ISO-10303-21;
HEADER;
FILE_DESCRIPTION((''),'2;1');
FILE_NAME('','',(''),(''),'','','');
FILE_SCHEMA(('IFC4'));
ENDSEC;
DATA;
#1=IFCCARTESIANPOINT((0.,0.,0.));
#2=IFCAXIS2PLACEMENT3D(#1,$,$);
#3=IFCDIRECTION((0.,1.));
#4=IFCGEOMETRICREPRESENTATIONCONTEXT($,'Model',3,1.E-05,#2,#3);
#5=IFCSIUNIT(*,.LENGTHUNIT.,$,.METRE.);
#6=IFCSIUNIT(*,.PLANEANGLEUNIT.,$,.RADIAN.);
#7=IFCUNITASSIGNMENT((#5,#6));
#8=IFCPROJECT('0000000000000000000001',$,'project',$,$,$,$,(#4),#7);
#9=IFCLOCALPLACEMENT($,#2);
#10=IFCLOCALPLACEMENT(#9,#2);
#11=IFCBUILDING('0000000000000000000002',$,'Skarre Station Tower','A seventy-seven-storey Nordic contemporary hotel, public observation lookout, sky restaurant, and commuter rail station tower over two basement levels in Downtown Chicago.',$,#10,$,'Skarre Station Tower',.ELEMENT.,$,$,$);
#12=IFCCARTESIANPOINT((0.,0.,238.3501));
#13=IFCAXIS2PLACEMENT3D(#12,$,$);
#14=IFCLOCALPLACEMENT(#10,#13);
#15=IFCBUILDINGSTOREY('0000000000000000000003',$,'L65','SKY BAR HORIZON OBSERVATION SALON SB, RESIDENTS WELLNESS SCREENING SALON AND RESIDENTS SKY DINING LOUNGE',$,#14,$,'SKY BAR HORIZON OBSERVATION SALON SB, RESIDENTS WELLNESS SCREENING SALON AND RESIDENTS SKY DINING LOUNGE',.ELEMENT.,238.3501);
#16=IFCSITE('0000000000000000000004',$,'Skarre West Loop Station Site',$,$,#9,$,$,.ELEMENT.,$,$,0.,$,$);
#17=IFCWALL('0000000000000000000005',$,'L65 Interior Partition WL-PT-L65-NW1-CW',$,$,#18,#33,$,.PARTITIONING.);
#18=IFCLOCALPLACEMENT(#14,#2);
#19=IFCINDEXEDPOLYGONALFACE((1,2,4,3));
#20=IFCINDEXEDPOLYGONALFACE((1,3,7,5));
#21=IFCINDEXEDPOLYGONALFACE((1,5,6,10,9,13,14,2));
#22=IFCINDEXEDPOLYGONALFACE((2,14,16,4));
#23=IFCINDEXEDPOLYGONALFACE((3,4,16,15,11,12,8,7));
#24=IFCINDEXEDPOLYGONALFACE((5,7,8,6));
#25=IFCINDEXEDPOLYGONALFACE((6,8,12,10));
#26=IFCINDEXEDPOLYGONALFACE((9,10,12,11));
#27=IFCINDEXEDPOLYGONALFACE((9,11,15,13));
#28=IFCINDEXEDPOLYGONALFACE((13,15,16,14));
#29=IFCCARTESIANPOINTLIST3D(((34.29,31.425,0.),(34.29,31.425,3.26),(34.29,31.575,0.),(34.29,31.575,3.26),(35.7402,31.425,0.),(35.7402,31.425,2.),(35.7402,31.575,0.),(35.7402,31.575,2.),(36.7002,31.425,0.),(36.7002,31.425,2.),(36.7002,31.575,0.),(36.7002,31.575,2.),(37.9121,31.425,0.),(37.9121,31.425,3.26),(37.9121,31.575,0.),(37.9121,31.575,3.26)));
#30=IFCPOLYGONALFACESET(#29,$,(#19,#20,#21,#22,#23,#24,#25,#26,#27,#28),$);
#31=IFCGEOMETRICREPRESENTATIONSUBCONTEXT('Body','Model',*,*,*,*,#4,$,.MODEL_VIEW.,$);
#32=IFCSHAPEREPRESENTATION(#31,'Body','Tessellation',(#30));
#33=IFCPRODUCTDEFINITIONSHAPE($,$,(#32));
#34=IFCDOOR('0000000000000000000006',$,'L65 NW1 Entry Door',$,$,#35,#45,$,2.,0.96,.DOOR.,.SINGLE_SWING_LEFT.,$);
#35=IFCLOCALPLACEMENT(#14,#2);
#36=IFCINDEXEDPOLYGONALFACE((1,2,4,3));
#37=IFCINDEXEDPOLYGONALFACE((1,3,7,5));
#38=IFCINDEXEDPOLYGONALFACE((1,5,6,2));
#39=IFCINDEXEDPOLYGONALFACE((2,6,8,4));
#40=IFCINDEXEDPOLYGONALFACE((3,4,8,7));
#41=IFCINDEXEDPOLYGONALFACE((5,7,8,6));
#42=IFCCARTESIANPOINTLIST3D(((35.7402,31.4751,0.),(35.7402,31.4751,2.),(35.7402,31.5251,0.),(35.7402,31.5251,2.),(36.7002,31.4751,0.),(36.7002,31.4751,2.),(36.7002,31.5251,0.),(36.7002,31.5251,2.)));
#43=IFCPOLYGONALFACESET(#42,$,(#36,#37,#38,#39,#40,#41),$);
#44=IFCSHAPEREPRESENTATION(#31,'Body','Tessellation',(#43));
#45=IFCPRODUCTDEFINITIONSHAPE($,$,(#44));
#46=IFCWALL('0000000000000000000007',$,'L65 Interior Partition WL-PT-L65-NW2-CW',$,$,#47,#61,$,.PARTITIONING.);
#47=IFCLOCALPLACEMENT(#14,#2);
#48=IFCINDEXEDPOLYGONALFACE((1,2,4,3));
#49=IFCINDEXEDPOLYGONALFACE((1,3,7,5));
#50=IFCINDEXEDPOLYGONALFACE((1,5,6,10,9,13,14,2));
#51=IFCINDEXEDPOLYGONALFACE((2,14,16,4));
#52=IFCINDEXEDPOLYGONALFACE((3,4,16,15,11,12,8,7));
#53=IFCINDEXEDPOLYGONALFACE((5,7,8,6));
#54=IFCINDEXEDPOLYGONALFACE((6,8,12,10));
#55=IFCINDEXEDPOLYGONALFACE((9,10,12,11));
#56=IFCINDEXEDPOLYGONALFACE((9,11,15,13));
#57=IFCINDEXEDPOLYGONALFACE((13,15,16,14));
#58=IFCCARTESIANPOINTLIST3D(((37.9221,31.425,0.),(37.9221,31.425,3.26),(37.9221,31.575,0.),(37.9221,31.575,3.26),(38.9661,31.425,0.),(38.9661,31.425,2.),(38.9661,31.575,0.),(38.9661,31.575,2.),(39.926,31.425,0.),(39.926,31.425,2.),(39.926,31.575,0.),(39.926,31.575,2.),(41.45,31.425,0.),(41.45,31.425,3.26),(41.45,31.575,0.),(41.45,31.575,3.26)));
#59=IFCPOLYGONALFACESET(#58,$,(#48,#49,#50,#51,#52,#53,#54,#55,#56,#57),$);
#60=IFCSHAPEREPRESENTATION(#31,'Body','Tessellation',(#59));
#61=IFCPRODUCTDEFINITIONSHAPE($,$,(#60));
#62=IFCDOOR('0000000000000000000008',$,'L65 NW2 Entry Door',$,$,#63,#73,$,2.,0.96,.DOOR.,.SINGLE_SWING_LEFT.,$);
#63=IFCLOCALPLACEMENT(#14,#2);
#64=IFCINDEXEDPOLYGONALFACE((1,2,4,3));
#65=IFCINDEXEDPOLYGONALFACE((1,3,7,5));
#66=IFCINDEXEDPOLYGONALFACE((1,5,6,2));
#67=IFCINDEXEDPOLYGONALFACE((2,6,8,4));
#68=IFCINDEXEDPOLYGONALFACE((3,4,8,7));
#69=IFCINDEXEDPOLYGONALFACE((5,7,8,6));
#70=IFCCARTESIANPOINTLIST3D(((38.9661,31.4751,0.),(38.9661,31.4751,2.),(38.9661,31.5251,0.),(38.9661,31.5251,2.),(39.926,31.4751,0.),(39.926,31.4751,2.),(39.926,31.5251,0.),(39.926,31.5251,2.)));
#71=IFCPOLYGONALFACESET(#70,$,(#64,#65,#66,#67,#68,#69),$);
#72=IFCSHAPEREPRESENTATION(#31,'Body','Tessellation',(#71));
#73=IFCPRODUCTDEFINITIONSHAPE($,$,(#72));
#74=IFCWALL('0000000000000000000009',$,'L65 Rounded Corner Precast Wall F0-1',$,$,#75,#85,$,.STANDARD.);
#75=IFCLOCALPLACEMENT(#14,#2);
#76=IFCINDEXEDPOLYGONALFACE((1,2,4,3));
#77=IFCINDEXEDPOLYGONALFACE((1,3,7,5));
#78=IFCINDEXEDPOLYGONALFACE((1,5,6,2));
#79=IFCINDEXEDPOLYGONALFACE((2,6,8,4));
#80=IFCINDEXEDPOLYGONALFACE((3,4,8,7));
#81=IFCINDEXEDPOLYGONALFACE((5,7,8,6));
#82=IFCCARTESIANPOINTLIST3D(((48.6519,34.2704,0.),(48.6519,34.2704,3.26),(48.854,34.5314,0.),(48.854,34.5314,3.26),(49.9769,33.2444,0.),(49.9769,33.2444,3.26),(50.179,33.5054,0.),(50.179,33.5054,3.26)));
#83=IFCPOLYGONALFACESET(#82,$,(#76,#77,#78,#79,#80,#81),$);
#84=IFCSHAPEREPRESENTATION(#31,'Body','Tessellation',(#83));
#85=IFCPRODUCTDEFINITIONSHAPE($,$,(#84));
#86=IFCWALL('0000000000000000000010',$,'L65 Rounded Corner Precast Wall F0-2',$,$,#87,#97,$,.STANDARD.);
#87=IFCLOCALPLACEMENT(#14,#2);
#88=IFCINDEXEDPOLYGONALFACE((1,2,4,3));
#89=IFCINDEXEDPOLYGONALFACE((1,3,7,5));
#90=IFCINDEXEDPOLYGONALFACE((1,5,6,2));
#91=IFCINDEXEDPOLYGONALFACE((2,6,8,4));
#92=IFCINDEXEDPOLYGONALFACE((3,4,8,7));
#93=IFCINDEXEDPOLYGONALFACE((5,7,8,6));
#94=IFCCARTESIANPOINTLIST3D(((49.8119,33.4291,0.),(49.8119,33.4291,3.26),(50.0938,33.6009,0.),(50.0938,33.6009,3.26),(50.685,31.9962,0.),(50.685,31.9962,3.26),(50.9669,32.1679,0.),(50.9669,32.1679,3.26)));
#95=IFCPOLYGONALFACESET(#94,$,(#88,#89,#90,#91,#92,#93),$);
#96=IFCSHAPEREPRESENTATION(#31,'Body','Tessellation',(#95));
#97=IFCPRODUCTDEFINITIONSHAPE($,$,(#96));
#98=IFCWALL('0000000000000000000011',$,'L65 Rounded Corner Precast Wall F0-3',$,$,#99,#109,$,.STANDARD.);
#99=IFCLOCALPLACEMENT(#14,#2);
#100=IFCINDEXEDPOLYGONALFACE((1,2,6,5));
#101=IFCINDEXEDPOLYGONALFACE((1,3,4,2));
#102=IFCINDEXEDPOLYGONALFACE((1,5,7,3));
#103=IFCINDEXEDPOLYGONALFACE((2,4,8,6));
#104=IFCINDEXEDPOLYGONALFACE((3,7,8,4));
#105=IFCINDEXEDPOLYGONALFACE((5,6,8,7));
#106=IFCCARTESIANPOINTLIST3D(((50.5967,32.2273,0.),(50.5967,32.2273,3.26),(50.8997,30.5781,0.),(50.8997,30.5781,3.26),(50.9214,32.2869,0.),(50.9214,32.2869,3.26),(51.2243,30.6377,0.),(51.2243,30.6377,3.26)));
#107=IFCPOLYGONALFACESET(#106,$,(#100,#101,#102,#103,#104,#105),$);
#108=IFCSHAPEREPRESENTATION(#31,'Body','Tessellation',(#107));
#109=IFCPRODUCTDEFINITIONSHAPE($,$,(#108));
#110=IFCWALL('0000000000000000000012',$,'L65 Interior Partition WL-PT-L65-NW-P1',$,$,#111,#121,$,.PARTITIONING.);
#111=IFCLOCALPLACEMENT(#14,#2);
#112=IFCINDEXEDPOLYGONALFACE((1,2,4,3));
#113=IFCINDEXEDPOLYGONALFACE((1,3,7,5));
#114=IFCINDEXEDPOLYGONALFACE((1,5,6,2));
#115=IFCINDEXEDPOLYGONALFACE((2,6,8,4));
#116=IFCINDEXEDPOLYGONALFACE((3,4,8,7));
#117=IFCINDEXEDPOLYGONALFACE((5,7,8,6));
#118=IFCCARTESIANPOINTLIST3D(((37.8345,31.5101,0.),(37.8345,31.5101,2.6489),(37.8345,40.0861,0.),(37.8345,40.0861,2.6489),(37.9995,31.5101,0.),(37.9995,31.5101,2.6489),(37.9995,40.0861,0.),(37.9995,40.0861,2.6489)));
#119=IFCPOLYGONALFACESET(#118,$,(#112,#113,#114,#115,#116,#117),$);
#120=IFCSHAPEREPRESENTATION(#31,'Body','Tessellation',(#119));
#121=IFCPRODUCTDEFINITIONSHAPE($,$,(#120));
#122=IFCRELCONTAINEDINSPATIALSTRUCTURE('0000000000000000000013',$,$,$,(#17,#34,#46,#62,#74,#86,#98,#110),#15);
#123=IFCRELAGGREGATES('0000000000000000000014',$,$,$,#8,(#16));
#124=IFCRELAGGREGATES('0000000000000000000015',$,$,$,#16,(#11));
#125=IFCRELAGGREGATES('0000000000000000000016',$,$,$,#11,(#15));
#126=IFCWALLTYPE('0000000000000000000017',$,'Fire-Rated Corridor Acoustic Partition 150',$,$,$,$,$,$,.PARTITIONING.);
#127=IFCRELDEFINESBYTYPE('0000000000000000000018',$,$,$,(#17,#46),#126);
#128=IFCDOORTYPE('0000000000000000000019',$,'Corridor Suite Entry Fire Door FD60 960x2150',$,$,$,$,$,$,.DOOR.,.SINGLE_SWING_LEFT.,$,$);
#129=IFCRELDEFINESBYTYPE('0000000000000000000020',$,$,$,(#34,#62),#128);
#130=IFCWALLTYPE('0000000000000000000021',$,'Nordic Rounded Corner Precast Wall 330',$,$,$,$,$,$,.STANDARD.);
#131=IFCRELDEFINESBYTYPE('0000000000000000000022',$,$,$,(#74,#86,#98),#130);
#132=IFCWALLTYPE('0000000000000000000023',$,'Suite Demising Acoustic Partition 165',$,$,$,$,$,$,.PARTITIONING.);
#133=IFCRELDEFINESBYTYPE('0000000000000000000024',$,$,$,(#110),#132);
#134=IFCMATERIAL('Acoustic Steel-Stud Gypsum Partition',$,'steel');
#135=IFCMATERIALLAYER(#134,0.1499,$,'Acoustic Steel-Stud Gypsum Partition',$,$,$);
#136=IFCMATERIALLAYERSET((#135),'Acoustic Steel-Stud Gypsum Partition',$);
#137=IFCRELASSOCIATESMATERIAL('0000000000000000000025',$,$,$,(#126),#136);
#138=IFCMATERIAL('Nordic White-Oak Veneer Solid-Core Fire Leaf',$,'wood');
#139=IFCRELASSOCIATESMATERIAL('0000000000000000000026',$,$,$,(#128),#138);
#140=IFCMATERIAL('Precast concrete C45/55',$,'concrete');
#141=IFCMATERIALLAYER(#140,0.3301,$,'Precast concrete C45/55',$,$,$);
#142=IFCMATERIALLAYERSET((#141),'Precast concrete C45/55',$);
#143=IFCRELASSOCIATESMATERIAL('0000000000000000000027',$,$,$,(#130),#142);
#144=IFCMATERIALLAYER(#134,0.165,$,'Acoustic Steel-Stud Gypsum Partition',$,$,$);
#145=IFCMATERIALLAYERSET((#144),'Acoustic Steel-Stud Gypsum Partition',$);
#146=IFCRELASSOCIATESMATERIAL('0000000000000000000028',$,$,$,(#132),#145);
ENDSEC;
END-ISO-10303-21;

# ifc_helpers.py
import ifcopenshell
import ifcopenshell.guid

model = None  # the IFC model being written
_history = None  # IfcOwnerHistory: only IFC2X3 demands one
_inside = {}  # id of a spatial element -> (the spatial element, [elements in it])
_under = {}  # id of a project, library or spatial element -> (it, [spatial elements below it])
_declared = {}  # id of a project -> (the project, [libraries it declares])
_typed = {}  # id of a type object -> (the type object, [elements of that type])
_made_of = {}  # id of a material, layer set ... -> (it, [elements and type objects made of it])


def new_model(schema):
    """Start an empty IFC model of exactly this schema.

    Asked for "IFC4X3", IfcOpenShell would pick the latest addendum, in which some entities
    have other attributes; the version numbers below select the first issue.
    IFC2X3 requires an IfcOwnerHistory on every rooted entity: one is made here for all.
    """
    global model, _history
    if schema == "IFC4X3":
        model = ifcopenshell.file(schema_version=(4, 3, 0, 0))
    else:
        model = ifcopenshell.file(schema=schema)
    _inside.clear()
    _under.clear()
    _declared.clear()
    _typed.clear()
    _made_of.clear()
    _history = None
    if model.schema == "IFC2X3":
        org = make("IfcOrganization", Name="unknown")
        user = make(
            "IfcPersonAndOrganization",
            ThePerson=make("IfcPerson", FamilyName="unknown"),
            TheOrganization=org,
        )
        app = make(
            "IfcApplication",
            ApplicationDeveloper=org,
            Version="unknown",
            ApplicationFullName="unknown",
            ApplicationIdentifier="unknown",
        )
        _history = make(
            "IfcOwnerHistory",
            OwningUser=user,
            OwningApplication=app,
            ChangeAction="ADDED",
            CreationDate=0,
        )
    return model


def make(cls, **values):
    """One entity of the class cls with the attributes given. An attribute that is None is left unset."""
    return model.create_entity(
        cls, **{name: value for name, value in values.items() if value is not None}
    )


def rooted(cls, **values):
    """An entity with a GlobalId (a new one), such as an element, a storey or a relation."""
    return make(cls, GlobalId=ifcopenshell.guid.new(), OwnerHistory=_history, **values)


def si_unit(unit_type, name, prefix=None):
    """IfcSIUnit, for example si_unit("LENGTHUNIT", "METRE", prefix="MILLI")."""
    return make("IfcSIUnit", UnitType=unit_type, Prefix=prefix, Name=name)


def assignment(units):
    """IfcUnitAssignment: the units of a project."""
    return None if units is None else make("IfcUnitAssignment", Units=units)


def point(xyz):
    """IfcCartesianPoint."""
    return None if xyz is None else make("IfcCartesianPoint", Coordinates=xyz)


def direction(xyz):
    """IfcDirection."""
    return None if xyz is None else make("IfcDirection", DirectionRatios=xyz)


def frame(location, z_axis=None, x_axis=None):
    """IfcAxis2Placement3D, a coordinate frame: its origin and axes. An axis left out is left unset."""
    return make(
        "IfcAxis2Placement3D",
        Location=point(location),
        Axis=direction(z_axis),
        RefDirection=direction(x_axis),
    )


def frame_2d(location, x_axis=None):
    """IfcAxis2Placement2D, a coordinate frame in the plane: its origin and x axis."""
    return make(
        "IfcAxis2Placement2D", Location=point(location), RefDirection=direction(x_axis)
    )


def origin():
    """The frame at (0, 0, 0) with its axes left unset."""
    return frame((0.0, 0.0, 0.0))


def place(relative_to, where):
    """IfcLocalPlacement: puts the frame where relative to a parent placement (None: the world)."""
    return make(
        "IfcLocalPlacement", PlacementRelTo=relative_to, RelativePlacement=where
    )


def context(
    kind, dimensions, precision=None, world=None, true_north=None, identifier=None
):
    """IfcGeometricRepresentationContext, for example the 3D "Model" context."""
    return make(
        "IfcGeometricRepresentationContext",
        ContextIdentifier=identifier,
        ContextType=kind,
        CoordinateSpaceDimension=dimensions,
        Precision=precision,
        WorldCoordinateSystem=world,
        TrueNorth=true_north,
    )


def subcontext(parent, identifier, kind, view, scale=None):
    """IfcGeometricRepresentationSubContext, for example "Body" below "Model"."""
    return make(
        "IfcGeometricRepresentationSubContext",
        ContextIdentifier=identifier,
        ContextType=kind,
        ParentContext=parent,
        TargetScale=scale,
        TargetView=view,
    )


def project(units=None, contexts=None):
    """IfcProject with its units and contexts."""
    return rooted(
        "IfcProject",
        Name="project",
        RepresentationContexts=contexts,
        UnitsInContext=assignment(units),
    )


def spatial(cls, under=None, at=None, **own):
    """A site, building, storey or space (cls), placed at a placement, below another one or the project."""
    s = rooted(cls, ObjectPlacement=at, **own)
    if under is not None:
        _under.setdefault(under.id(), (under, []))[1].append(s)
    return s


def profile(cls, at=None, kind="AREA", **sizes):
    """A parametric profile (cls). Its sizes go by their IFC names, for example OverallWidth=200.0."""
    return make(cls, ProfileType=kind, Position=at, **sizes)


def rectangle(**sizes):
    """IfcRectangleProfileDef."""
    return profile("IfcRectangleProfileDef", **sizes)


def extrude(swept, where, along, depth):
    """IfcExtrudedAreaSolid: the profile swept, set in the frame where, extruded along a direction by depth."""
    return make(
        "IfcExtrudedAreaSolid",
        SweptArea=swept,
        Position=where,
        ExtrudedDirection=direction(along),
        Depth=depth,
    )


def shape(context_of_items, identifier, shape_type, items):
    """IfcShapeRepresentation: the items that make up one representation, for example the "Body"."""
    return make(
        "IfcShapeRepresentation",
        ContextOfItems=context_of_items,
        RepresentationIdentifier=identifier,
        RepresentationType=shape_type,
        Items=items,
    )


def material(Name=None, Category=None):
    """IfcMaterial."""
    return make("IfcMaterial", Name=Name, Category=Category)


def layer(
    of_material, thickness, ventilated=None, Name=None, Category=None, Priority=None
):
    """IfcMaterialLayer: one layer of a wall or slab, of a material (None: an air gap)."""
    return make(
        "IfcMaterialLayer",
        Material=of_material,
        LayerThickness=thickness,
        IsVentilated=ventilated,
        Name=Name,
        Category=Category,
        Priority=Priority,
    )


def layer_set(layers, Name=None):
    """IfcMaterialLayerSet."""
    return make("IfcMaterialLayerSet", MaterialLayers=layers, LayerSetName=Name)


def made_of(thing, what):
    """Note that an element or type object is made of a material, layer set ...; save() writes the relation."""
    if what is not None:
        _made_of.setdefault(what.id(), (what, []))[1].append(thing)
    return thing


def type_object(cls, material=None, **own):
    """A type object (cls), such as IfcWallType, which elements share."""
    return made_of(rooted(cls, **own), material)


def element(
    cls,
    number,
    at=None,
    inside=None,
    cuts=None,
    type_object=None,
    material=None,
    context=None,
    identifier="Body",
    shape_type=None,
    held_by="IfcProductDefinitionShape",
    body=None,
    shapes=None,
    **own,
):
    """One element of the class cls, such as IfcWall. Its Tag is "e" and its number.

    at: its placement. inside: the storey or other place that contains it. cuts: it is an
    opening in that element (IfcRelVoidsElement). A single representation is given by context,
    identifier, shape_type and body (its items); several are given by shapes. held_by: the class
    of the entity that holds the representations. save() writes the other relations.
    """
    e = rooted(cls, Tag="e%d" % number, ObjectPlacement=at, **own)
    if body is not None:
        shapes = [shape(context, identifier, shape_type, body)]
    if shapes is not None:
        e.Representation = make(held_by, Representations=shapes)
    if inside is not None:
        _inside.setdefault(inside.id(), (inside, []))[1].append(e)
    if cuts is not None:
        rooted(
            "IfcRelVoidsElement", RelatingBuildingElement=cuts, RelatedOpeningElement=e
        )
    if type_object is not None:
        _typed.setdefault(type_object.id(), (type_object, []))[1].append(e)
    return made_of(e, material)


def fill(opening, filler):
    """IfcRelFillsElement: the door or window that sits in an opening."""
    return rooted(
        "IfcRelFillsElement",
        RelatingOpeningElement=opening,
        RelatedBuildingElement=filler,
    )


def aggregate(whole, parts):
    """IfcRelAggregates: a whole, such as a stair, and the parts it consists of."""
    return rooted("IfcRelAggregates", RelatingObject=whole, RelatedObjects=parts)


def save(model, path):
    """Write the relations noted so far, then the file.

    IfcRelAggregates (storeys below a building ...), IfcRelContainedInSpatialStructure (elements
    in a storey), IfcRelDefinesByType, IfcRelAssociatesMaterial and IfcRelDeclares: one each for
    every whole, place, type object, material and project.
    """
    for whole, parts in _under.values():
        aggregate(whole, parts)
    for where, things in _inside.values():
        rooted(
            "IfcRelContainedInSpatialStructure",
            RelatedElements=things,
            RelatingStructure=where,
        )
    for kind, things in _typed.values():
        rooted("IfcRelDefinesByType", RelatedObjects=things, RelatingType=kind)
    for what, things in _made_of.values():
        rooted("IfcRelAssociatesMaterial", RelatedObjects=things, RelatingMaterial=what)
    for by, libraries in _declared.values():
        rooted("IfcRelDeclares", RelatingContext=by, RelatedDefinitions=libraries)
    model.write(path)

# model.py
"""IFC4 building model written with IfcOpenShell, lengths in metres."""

from ifc_helpers import new_model, si_unit, direction, frame, frame_2d, origin, place, context, subcontext, project, spatial, rectangle, extrude, material, layer, layer_set, type_object, element, fill, save


model = new_model("IFC4")

# Units and contexts
model_context = context("Model", 3, precision=1e-05, world=origin(), true_north=direction((0.0, 1.0)))
body_context = subcontext(model_context, "Body", "Model", "MODEL_VIEW")
ifc_project = project(units=[si_unit("LENGTHUNIT", "METRE"), si_unit("PLANEANGLEUNIT", "RADIAN")], contexts=[model_context])

# Site, building, storey
site_placement = place(None, origin())
site = spatial("IfcSite", under=ifc_project, at=site_placement, Name="Skarre West Loop Station Site", CompositionType="ELEMENT", RefElevation=0.0)
building_placement = place(site_placement, origin())
building = spatial("IfcBuilding", under=site, at=building_placement, Name="Skarre Station Tower", Description="A seventy-seven-storey Nordic contemporary hotel, public observation lookout, sky restaurant, and commuter rail station tower over two basement levels in Downtown Chicago.", LongName="Skarre Station Tower", CompositionType="ELEMENT")
storey_placement = place(building_placement, frame((0.0, 0.0, 238.3501)))
storey = spatial("IfcBuildingStorey", under=building, at=storey_placement, Name="L65", Description="SKY BAR HORIZON OBSERVATION SALON SB, RESIDENTS WELLNESS SCREENING SALON AND RESIDENTS SKY DINING LOUNGE", LongName="SKY BAR HORIZON OBSERVATION SALON SB, RESIDENTS WELLNESS SCREENING SALON AND RESIDENTS SKY DINING LOUNGE", CompositionType="ELEMENT", Elevation=238.3501)

# Walls, openings, doors
ifc_material_1 = material(Name="Acoustic Steel-Stud Gypsum Partition", Category="steel")
ifc_layer_1 = layer(ifc_material_1, 0.1499, Name="Acoustic Steel-Stud Gypsum Partition")
ifc_layer_set_1 = layer_set([ifc_layer_1], Name="Acoustic Steel-Stud Gypsum Partition")
wall_type_1 = type_object("IfcWallType", Name="Fire-Rated Corridor Acoustic Partition 150", PredefinedType="PARTITIONING", material=ifc_layer_set_1)
wall_1_placement = place(storey_placement, frame((37.9121, 31.5, 0.0), z_axis=(0.0, 0.0, 1.0), x_axis=(-1.0, 0.0, 0.0)))
wall_1 = element("IfcWall", 1, at=wall_1_placement, inside=storey, type_object=wall_type_1, Name="L65 Interior Partition WL-PT-L65-NW1-CW", PredefinedType="PARTITIONING", context=body_context, shape_type="SweptSolid", body=[
    extrude(rectangle(XDim=3.6221, YDim=0.1499, at=frame_2d((1.811, 0.0))), origin(), (0.0, 0.0, 1.0), 3.26),
])
opening_1_placement = place(wall_1_placement, frame((1.2119, 0.0, 0.0)))
opening_1 = element("IfcOpeningElement", 2, at=opening_1_placement, cuts=wall_1, PredefinedType="OPENING", context=body_context, shape_type="SweptSolid", body=[
    extrude(rectangle(XDim=0.96, YDim=2.0, at=frame_2d((0.48, 1.0))), frame((0.0, 0.085, 0.0), z_axis=(0.0, -1.0, 0.0), x_axis=(1.0, 0.0, 0.0)), (0.0, 0.0, 1.0), 0.1699),
])
ifc_material_2 = material(Name="Nordic White-Oak Veneer Solid-Core Fire Leaf", Category="wood")
door_type = type_object("IfcDoorType", Name="Corridor Suite Entry Fire Door FD60 960x2150", OperationType="SINGLE_SWING_LEFT", PredefinedType="DOOR", material=ifc_material_2)
door_1_placement = place(opening_1_placement, origin())
door_1 = element("IfcDoor", 3, at=door_1_placement, inside=storey, type_object=door_type, Name="L65 NW1 Entry Door", OperationType="SINGLE_SWING_LEFT", OverallHeight=2.0, OverallWidth=0.96, PredefinedType="DOOR", context=body_context, shape_type="SweptSolid", body=[
    extrude(rectangle(XDim=0.96, YDim=2.0, at=frame_2d((0.48, 1.0))), frame((0.0, 0.0249, 0.0), z_axis=(0.0, -1.0, 0.0), x_axis=(1.0, 0.0, 0.0)), (0.0, 0.0, 1.0), 0.05),
])
fill(opening_1, door_1)
wall_2_placement = place(storey_placement, frame((41.45, 31.5, 0.0), z_axis=(0.0, 0.0, 1.0), x_axis=(-1.0, 0.0, 0.0)))
wall_2 = element("IfcWall", 4, at=wall_2_placement, inside=storey, type_object=wall_type_1, Name="L65 Interior Partition WL-PT-L65-NW2-CW", PredefinedType="PARTITIONING", context=body_context, shape_type="SweptSolid", body=[
    extrude(rectangle(XDim=3.5278, YDim=0.1499, at=frame_2d((1.7639, 0.0))), origin(), (0.0, 0.0, 1.0), 3.26),
])
opening_2_placement = place(wall_2_placement, frame((1.5239, 0.0, 0.0)))
opening_2 = element("IfcOpeningElement", 5, at=opening_2_placement, cuts=wall_2, PredefinedType="OPENING", context=body_context, shape_type="SweptSolid", body=[
    extrude(rectangle(XDim=0.96, YDim=2.0, at=frame_2d((0.48, 1.0))), frame((0.0, 0.085, 0.0), z_axis=(0.0, -1.0, 0.0), x_axis=(1.0, 0.0, 0.0)), (0.0, 0.0, 1.0), 0.1699),
])
door_2_placement = place(opening_2_placement, origin())
door_2 = element("IfcDoor", 6, at=door_2_placement, inside=storey, type_object=door_type, Name="L65 NW2 Entry Door", OperationType="SINGLE_SWING_LEFT", OverallHeight=2.0, OverallWidth=0.96, PredefinedType="DOOR", context=body_context, shape_type="SweptSolid", body=[
    extrude(rectangle(XDim=0.96, YDim=2.0, at=frame_2d((0.48, 1.0))), frame((0.0, 0.0249, 0.0), z_axis=(0.0, -1.0, 0.0), x_axis=(1.0, 0.0, 0.0)), (0.0, 0.0, 1.0), 0.05),
])
fill(opening_2, door_2)

# Walls
ifc_material_3 = material(Name="Precast concrete C45/55", Category="concrete")
ifc_layer_2 = layer(ifc_material_3, 0.3301, Name="Precast concrete C45/55")
ifc_layer_set_2 = layer_set([ifc_layer_2], Name="Precast concrete C45/55")
wall_type_2 = type_object("IfcWallType", Name="Nordic Rounded Corner Precast Wall 330", PredefinedType="STANDARD", material=ifc_layer_set_2)
wall_3_placement = place(storey_placement, frame((48.7529, 34.4009, 0.0), z_axis=(0.0, 0.0, 1.0), x_axis=(0.790692, -0.612214, 0.0)))
element("IfcWall", 7, at=wall_3_placement, inside=storey, type_object=wall_type_2, Name="L65 Rounded Corner Precast Wall F0-1", PredefinedType="STANDARD", context=body_context, shape_type="SweptSolid", body=[
    extrude(rectangle(XDim=1.6758, YDim=0.3301, at=frame_2d((0.8379, 0.0))), origin(), (0.0, 0.0, 1.0), 3.26),
])
wall_4_placement = place(storey_placement, frame((49.9529, 33.5149, 0.0), z_axis=(0.0, 0.0, 1.0), x_axis=(0.520325, -0.853968, 0.0)))
element("IfcWall", 8, at=wall_4_placement, inside=storey, type_object=wall_type_2, Name="L65 Rounded Corner Precast Wall F0-2", PredefinedType="STANDARD", context=body_context, shape_type="SweptSolid", body=[
    extrude(rectangle(XDim=1.678, YDim=0.3301, at=frame_2d((0.8389, 0.0))), origin(), (0.0, 0.0, 1.0), 3.26),
])
wall_5_placement = place(storey_placement, frame((50.759, 32.2571, 0.0), z_axis=(0.0, 0.0, 1.0), x_axis=(0.180692, -0.98354, 0.0)))
element("IfcWall", 9, at=wall_5_placement, inside=storey, type_object=wall_type_2, Name="L65 Rounded Corner Precast Wall F0-3", PredefinedType="STANDARD", context=body_context, shape_type="SweptSolid", body=[
    extrude(rectangle(XDim=1.6768, YDim=0.3301, at=frame_2d((0.8384, 0.0))), origin(), (0.0, 0.0, 1.0), 3.26),
])
ifc_layer_3 = layer(ifc_material_1, 0.165, Name="Acoustic Steel-Stud Gypsum Partition")
ifc_layer_set_3 = layer_set([ifc_layer_3], Name="Acoustic Steel-Stud Gypsum Partition")
wall_type_3 = type_object("IfcWallType", Name="Suite Demising Acoustic Partition 165", PredefinedType="PARTITIONING", material=ifc_layer_set_3)
wall_6_placement = place(storey_placement, frame((37.917, 31.51, 0.0), z_axis=(0.0, 0.0, 1.0), x_axis=(0.0, 1.0, 0.0)))
element("IfcWall", 10, at=wall_6_placement, inside=storey, type_object=wall_type_3, Name="L65 Interior Partition WL-PT-L65-NW-P1", PredefinedType="PARTITIONING", context=body_context, shape_type="SweptSolid", body=[
    extrude(rectangle(XDim=8.5759, YDim=0.165, at=frame_2d((4.2881, 0.0))), origin(), (0.0, 0.0, 1.0), 2.6489),
])

save(model, "model.ifc")
